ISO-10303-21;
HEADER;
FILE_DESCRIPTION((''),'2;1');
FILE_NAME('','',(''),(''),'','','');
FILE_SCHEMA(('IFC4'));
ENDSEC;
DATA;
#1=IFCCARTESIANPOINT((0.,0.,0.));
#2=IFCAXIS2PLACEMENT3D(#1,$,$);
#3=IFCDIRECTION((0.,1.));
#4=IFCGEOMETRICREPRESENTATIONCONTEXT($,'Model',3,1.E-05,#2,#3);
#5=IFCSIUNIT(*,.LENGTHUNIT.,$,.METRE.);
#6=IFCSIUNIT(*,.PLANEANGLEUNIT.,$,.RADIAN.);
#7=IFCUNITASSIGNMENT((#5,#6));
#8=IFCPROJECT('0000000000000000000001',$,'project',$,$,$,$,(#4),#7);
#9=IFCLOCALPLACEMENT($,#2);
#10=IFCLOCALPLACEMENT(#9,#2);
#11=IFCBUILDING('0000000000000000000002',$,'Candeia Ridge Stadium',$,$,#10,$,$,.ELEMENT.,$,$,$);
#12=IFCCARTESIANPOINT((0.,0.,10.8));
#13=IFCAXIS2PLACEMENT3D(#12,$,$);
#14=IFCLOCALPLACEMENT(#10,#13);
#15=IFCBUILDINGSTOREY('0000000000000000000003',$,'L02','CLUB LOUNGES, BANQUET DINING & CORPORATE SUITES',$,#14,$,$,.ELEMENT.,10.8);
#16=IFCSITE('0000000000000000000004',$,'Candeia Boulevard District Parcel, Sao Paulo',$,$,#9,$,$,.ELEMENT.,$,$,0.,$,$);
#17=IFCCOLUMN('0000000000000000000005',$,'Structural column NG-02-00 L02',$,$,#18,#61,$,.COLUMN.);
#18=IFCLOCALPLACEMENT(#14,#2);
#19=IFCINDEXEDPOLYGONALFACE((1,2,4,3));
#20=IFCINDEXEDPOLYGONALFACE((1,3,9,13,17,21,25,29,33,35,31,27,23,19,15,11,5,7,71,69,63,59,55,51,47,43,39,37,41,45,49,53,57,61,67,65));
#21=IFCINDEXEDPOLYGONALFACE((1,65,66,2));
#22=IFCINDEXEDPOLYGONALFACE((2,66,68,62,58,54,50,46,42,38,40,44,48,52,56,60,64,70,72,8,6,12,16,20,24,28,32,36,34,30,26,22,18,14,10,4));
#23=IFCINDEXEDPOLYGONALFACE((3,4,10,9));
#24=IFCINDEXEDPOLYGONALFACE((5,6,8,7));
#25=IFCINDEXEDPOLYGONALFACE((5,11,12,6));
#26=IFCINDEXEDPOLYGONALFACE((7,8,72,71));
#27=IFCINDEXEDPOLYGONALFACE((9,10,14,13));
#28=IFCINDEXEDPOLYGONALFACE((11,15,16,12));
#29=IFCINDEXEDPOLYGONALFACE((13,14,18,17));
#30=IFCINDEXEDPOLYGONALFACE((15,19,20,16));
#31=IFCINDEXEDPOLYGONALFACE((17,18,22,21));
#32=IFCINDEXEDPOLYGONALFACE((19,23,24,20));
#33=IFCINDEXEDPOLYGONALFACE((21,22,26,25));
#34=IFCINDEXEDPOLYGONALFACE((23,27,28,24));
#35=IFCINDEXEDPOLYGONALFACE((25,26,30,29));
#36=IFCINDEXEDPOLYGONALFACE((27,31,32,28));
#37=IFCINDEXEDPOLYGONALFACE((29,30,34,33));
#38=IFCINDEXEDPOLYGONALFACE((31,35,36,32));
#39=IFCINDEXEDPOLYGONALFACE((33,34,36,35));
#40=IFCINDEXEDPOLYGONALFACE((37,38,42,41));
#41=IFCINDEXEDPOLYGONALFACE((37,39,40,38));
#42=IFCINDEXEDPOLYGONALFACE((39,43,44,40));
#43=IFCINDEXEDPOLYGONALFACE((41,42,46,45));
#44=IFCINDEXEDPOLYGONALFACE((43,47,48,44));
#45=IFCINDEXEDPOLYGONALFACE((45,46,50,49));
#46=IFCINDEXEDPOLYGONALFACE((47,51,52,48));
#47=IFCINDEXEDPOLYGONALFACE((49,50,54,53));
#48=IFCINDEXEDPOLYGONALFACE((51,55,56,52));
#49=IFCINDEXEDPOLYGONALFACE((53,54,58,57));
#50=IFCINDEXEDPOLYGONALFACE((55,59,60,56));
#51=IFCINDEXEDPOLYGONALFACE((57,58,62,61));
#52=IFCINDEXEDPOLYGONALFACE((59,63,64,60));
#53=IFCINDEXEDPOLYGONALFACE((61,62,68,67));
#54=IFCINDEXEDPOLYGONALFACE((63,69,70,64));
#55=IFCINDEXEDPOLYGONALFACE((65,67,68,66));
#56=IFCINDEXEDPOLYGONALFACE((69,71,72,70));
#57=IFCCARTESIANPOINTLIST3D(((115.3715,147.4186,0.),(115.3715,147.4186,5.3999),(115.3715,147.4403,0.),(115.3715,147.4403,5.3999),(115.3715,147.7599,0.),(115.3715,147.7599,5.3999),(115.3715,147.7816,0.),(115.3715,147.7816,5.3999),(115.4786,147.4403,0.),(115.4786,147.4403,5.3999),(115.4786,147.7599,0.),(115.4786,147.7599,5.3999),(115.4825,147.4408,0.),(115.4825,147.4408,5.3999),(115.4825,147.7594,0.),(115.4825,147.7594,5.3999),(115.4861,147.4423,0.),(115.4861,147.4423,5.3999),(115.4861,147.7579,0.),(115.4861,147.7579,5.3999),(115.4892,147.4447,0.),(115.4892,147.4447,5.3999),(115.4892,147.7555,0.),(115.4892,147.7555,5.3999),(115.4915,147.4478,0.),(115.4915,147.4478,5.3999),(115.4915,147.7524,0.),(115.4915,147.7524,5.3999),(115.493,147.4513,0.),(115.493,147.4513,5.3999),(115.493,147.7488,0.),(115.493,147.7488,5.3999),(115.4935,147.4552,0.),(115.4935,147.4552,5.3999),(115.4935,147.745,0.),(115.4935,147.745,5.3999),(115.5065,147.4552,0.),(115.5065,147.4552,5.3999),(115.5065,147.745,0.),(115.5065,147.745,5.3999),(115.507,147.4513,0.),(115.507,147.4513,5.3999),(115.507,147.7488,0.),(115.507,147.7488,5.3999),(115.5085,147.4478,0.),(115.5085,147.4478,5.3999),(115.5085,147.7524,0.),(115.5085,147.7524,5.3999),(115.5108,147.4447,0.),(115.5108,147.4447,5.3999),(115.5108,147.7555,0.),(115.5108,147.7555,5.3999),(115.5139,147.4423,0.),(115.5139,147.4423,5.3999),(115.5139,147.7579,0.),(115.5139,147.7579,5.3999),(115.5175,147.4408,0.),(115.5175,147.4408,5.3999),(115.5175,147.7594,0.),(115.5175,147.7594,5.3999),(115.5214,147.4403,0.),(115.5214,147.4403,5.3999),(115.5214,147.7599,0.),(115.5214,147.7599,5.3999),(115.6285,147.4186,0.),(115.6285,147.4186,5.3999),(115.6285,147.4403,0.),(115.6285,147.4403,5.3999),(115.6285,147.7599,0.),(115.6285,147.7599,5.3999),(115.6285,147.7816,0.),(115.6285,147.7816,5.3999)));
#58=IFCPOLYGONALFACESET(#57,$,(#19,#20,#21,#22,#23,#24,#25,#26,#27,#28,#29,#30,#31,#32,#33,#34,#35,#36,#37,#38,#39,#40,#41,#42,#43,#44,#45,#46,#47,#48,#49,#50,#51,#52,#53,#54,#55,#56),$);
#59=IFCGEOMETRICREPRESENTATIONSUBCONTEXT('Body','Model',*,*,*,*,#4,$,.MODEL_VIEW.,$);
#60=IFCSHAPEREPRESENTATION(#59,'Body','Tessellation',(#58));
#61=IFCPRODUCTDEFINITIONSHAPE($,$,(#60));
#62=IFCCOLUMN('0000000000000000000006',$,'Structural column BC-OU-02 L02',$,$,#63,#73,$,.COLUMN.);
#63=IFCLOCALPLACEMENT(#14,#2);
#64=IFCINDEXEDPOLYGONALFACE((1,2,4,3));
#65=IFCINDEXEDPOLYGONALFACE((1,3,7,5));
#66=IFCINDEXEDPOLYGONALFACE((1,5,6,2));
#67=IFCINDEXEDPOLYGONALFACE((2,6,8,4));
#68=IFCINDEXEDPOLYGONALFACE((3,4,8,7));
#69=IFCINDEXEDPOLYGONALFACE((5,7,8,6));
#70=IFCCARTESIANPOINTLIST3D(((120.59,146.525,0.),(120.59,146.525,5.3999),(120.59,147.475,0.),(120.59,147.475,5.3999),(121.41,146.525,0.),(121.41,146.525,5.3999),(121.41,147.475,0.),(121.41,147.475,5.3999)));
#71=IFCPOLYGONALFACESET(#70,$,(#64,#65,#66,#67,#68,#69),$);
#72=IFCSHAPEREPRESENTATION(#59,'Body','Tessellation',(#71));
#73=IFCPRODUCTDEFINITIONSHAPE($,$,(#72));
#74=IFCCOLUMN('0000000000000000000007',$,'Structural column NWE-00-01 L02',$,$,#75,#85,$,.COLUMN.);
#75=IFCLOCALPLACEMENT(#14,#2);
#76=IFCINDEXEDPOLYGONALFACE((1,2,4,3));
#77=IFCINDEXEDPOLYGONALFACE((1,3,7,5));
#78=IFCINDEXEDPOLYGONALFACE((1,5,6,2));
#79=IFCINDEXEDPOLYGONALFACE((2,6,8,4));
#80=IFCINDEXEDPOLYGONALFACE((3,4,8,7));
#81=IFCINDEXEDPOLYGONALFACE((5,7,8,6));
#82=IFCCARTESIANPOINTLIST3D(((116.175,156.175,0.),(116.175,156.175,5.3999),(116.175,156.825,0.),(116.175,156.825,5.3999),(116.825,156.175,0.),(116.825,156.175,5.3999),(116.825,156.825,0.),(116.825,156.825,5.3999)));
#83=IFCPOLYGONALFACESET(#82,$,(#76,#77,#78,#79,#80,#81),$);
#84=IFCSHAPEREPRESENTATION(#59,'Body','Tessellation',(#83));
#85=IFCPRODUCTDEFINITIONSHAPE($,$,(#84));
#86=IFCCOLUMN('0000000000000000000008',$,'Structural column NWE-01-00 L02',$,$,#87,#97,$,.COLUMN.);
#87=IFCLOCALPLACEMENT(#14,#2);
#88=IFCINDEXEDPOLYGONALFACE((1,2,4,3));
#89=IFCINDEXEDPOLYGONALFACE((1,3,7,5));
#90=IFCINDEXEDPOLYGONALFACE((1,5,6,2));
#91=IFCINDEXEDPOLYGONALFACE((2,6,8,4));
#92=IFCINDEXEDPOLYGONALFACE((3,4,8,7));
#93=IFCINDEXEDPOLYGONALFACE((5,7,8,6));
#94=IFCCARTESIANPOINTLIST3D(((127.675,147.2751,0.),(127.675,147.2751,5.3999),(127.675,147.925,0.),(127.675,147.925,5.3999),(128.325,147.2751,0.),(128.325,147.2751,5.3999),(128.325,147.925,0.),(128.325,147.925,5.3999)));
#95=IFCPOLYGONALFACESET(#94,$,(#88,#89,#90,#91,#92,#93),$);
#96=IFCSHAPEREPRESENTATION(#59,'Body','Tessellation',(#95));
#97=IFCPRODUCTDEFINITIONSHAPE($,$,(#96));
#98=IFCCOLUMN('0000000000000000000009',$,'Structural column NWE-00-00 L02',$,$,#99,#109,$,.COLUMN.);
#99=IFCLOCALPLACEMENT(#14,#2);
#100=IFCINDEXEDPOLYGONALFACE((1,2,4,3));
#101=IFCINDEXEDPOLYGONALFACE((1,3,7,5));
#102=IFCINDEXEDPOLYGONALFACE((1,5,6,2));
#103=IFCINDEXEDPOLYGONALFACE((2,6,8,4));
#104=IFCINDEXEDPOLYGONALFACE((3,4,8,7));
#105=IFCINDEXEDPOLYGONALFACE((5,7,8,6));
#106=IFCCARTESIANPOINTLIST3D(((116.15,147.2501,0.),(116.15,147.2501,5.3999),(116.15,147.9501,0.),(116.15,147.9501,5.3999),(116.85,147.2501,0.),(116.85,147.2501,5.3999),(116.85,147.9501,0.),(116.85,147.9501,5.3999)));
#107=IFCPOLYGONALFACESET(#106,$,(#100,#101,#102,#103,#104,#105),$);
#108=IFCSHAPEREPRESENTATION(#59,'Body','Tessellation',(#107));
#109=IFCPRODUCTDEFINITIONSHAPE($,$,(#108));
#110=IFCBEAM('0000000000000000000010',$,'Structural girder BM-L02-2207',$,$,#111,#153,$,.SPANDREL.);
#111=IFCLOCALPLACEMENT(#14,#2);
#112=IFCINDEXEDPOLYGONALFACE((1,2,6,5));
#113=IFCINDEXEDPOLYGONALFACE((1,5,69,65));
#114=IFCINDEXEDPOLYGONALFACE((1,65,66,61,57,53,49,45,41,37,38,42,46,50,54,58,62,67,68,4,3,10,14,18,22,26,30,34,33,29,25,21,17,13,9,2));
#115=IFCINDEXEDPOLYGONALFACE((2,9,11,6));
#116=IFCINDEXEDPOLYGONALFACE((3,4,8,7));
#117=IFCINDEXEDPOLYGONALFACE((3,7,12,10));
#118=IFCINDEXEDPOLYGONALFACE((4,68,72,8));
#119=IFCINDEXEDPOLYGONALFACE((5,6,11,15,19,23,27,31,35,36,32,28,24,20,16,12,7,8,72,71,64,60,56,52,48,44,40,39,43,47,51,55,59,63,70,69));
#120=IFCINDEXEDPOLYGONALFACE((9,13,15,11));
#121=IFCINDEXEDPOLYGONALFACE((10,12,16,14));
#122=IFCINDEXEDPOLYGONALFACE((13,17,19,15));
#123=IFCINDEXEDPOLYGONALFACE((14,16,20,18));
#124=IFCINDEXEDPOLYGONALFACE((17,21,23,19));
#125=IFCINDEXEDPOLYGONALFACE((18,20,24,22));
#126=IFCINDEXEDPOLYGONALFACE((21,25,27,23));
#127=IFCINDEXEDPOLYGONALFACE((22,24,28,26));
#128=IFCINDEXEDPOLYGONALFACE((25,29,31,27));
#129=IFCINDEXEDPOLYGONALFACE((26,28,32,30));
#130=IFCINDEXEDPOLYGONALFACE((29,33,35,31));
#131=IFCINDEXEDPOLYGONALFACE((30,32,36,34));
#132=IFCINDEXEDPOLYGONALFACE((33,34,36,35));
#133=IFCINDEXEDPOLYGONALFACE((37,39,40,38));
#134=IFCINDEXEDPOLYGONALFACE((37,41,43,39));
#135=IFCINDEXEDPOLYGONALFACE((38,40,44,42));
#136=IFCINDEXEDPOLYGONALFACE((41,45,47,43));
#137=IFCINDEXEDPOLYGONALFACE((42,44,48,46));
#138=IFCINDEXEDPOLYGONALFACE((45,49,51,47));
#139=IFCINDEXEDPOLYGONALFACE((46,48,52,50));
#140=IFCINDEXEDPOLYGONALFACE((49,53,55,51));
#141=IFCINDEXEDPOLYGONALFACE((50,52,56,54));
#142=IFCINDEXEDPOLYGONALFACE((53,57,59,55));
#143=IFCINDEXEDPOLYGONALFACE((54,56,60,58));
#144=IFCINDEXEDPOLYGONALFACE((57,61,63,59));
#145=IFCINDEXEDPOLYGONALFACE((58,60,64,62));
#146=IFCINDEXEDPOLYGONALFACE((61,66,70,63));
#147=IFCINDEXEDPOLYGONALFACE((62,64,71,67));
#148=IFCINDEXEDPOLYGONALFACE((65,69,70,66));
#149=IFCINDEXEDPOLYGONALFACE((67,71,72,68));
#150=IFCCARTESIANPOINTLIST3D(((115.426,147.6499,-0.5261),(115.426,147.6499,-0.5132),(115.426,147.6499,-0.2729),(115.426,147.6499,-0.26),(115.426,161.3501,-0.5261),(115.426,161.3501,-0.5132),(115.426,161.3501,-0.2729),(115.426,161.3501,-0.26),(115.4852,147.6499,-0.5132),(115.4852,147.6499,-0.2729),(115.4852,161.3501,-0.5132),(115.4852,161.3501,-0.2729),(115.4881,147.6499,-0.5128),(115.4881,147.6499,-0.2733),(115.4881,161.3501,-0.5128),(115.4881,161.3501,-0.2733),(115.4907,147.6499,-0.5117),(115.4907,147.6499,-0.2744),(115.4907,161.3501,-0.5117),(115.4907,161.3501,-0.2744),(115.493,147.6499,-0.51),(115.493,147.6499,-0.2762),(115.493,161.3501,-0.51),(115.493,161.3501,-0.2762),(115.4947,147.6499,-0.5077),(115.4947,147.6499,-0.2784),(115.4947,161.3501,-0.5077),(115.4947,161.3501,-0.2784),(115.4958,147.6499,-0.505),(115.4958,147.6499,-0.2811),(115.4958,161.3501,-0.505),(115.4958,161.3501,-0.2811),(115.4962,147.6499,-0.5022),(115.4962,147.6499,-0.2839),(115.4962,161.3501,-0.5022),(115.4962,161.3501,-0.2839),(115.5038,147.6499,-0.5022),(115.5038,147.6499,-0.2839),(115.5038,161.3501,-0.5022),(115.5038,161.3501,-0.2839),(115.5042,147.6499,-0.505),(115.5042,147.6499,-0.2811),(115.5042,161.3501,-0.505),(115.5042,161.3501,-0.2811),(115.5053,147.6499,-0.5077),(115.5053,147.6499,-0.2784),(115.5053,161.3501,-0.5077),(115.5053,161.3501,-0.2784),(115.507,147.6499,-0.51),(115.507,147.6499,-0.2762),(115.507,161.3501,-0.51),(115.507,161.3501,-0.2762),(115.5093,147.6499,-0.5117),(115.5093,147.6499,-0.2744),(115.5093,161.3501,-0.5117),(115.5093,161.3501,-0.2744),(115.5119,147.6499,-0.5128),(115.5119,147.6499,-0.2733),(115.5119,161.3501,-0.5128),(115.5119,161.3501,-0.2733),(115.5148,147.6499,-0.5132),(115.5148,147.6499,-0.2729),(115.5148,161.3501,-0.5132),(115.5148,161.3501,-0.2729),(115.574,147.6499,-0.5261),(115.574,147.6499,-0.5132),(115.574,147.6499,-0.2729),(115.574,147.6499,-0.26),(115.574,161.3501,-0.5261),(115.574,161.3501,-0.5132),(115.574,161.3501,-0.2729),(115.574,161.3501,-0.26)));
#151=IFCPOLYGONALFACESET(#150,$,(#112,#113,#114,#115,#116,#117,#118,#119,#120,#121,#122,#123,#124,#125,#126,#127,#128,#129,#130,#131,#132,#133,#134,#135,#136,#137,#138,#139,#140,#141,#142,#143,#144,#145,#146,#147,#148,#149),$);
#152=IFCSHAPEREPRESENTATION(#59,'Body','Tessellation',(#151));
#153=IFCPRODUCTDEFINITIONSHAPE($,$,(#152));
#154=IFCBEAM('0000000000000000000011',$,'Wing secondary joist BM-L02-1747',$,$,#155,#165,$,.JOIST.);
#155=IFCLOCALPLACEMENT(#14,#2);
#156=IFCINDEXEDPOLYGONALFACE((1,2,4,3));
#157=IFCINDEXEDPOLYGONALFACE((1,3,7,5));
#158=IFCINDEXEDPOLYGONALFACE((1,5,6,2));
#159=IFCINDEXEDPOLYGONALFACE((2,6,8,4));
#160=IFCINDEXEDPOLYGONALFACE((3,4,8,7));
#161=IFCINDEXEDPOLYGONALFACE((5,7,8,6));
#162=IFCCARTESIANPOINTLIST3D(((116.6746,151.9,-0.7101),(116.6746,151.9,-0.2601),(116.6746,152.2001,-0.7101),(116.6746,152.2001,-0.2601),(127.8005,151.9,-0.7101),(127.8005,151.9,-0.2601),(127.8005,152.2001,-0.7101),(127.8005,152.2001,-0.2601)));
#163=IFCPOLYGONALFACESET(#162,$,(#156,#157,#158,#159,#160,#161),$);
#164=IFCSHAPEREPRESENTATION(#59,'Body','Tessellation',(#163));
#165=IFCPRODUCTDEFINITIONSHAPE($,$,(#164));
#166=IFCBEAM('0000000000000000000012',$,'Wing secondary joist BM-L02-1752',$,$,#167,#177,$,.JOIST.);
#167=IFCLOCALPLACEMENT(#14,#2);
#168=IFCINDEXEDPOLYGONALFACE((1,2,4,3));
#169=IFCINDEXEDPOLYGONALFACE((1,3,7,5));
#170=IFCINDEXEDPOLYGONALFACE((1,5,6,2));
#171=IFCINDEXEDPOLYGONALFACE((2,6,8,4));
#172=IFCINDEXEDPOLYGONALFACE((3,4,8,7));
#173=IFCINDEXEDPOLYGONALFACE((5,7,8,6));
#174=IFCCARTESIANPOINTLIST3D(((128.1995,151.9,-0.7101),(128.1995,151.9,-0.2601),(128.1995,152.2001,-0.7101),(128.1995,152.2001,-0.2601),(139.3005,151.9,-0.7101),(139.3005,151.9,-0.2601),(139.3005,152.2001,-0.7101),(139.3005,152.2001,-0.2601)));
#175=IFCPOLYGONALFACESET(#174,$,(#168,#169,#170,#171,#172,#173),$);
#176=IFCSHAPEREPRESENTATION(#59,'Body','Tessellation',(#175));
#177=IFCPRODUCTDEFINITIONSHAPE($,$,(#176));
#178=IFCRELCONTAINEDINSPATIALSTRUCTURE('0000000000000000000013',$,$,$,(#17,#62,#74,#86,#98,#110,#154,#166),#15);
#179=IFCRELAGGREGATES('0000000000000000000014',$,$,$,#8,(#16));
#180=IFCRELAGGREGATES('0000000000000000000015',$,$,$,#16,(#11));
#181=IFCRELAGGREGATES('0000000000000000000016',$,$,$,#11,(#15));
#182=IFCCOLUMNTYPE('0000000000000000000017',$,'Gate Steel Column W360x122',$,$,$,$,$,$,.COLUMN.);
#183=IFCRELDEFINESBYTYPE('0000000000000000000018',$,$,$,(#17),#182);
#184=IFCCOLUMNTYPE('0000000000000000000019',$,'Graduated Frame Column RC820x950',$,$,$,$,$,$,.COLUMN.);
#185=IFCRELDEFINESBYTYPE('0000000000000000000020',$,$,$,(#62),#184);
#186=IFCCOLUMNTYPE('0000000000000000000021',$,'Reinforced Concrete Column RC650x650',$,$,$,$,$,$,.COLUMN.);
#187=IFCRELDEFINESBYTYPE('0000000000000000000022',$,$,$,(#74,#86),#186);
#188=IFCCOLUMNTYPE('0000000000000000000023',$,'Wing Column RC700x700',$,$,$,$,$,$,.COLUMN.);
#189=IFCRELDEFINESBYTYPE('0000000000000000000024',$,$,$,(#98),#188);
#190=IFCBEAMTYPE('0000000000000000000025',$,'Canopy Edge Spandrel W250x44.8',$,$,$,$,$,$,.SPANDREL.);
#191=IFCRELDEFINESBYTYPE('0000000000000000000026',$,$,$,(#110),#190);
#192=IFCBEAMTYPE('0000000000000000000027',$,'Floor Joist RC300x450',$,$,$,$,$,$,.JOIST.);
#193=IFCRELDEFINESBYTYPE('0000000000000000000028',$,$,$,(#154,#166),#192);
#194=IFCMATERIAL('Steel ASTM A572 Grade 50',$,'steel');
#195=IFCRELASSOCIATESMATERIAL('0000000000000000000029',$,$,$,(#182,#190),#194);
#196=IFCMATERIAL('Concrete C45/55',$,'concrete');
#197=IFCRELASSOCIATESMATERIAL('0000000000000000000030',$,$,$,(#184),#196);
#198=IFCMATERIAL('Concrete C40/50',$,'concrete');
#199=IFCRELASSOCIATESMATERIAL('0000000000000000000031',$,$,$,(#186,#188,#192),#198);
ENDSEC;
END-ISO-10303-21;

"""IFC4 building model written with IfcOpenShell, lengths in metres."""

from ifc_helpers import new_model, si_unit, direction, frame, origin, origin_2d, place, context, subcontext, project, spatial, rectangle, i_section, extrude, material, material_profile, profile_set, type_object, element, save


model = new_model("IFC4")

# Units and contexts
model_context = context("Model", 3, precision=1e-05, world=origin(), true_north=direction((0.0, 1.0)))
body_context = subcontext(model_context, "Body", "Model", "MODEL_VIEW")
ifc_project = project(units=[si_unit("LENGTHUNIT", "METRE"), si_unit("PLANEANGLEUNIT", "RADIAN")], contexts=[model_context])

# Site, building, storey
site_placement = place(None, origin())
site = spatial("IfcSite", under=ifc_project, at=site_placement, Name="Candeia Boulevard District Parcel, Sao Paulo", CompositionType="ELEMENT", RefElevation=0.0)
building_placement = place(site_placement, origin())
building = spatial("IfcBuilding", under=site, at=building_placement, Name="Candeia Ridge Stadium", CompositionType="ELEMENT")
storey_placement = place(building_placement, frame((0.0, 0.0, 10.8)))
storey = spatial("IfcBuildingStorey", under=building, at=storey_placement, Name="L02", Description="CLUB LOUNGES, BANQUET DINING & CORPORATE SUITES", CompositionType="ELEMENT", Elevation=10.8)

# Columns
ifc_material_1 = material(Name="Steel ASTM A572 Grade 50", Category="steel")
ifc_material_profile_1 = material_profile(ifc_material_1, i_section(OverallWidth=0.2571, OverallDepth=0.363, WebThickness=0.0129, FlangeThickness=0.0217, FilletRadius=0.0149, at=origin_2d()), Name="W360x122", Category="steel")
ifc_profile_set_1 = profile_set([ifc_material_profile_1], Name="Steel ASTM A572 Grade 50")
column_type_1 = type_object("IfcColumnType", Name="Gate Steel Column W360x122", PredefinedType="COLUMN", material=ifc_profile_set_1)
column_1_placement = place(storey_placement, frame((115.5, 147.6001, 0.0), z_axis=(0.0, 0.0, 1.0), x_axis=(1.0, 0.0, 0.0)))
element("IfcColumn", 1, at=column_1_placement, inside=storey, type_object=column_type_1, Name="Structural column NG-02-00 L02", PredefinedType="COLUMN", context=body_context, shape_type="SweptSolid", body=[
    extrude(i_section(OverallWidth=0.2571, OverallDepth=0.363, WebThickness=0.0129, FlangeThickness=0.0217, FilletRadius=0.0149, at=origin_2d()), origin(), (0.0, 0.0, 1.0), 5.3999),
])
ifc_material_2 = material(Name="Concrete C45/55", Category="concrete")
ifc_material_profile_2 = material_profile(ifc_material_2, rectangle(XDim=0.8201, YDim=0.95, at=origin_2d()), Name="RC820x950", Category="concrete")
ifc_profile_set_2 = profile_set([ifc_material_profile_2], Name="Concrete C45/55")
column_type_2 = type_object("IfcColumnType", Name="Graduated Frame Column RC820x950", PredefinedType="COLUMN", material=ifc_profile_set_2)
column_2_placement = place(storey_placement, frame((121.0, 147.0, 0.0), z_axis=(0.0, 0.0, 1.0), x_axis=(1.0, 0.0, 0.0)))
element("IfcColumn", 2, at=column_2_placement, inside=storey, type_object=column_type_2, Name="Structural column BC-OU-02 L02", PredefinedType="COLUMN", context=body_context, shape_type="SweptSolid", body=[
    extrude(rectangle(XDim=0.8201, YDim=0.95, at=origin_2d()), origin(), (0.0, 0.0, 1.0), 5.3999),
])
ifc_material_3 = material(Name="Concrete C40/50", Category="concrete")
ifc_material_profile_3 = material_profile(ifc_material_3, rectangle(XDim=0.6499, YDim=0.6499, at=origin_2d()), Name="RC650x650", Category="concrete")
ifc_profile_set_3 = profile_set([ifc_material_profile_3], Name="Concrete C40/50")
column_type_3 = type_object("IfcColumnType", Name="Reinforced Concrete Column RC650x650", PredefinedType="COLUMN", material=ifc_profile_set_3)
for number, where, z_axis, x_axis, name in (
    (3, (116.5, 156.5, 0.0), (0.0, 0.0, 1.0), (1.0, 0.0, 0.0), "Structural column NWE-00-01 L02"),
    (4, (128.0, 147.6001, 0.0), (0.0, 0.0, 1.0), (1.0, 0.0, 0.0), "Structural column NWE-01-00 L02"),
):
    element("IfcColumn", number, at=place(storey_placement, frame(where, z_axis=z_axis, x_axis=x_axis)), inside=storey, type_object=column_type_3, Name=name, PredefinedType="COLUMN", context=body_context, shape_type="SweptSolid", body=[
        extrude(rectangle(XDim=0.6499, YDim=0.6499, at=origin_2d()), origin(), (0.0, 0.0, 1.0), 5.3999),
    ])
ifc_material_profile_4 = material_profile(ifc_material_3, rectangle(XDim=0.7, YDim=0.7, at=origin_2d()), Name="RC700x700", Category="concrete")
ifc_profile_set_4 = profile_set([ifc_material_profile_4], Name="Concrete C40/50")
column_type_4 = type_object("IfcColumnType", Name="Wing Column RC700x700", PredefinedType="COLUMN", material=ifc_profile_set_4)
column_3_placement = place(storey_placement, frame((116.5, 147.6001, 0.0), z_axis=(0.0, 0.0, 1.0), x_axis=(1.0, 0.0, 0.0)))
element("IfcColumn", 5, at=column_3_placement, inside=storey, type_object=column_type_4, Name="Structural column NWE-00-00 L02", PredefinedType="COLUMN", context=body_context, shape_type="SweptSolid", body=[
    extrude(rectangle(XDim=0.7, YDim=0.7, at=origin_2d()), origin(), (0.0, 0.0, 1.0), 5.3999),
])

# Beams
ifc_material_profile_5 = material_profile(ifc_material_1, i_section(OverallWidth=0.1479, OverallDepth=0.2661, WebThickness=0.0076, FlangeThickness=0.0129, FilletRadius=0.011, at=origin_2d()), Name="W250x44.8", Category="steel")
ifc_profile_set_5 = profile_set([ifc_material_profile_5], Name="Steel ASTM A572 Grade 50")
beam_type_1 = type_object("IfcBeamType", Name="Canopy Edge Spandrel W250x44.8", PredefinedType="SPANDREL", material=ifc_profile_set_5)
beam_1_placement = place(storey_placement, frame((115.5, 147.6499, -0.3931), z_axis=(0.0, 1.0, 0.0), x_axis=(-1.0, 0.0, 0.0)))
element("IfcBeam", 6, at=beam_1_placement, inside=storey, type_object=beam_type_1, Name="Structural girder BM-L02-2207", PredefinedType="SPANDREL", context=body_context, shape_type="SweptSolid", body=[
    extrude(i_section(OverallWidth=0.1479, OverallDepth=0.2661, WebThickness=0.0076, FlangeThickness=0.0129, FilletRadius=0.011, at=origin_2d()), origin(), (0.0, 0.0, 1.0), 13.7002),
])
ifc_material_profile_6 = material_profile(ifc_material_3, rectangle(XDim=0.3, YDim=0.45, at=origin_2d()), Name="RC300x450", Category="concrete")
ifc_profile_set_6 = profile_set([ifc_material_profile_6], Name="Concrete C40/50")
beam_type_2 = type_object("IfcBeamType", Name="Floor Joist RC300x450", PredefinedType="JOIST", material=ifc_profile_set_6)
beam_2_placement = place(storey_placement, frame((116.6746, 152.05, -0.4851), z_axis=(1.0, 0.0, 0.0), x_axis=(0.0, 1.0, 0.0)))
element("IfcBeam", 7, at=beam_2_placement, inside=storey, type_object=beam_type_2, Name="Wing secondary joist BM-L02-1747", PredefinedType="JOIST", context=body_context, shape_type="SweptSolid", body=[
    extrude(rectangle(XDim=0.3, YDim=0.45, at=origin_2d()), origin(), (0.0, 0.0, 1.0), 11.126),
])
beam_3_placement = place(storey_placement, frame((128.1995, 152.05, -0.4851), z_axis=(1.0, 0.0, 0.0), x_axis=(0.0, 1.0, 0.0)))
element("IfcBeam", 8, at=beam_3_placement, inside=storey, type_object=beam_type_2, Name="Wing secondary joist BM-L02-1752", PredefinedType="JOIST", context=body_context, shape_type="SweptSolid", body=[
    extrude(rectangle(XDim=0.3, YDim=0.45, at=origin_2d()), origin(), (0.0, 0.0, 1.0), 11.1011),
])

save(model, "model.ifc")
